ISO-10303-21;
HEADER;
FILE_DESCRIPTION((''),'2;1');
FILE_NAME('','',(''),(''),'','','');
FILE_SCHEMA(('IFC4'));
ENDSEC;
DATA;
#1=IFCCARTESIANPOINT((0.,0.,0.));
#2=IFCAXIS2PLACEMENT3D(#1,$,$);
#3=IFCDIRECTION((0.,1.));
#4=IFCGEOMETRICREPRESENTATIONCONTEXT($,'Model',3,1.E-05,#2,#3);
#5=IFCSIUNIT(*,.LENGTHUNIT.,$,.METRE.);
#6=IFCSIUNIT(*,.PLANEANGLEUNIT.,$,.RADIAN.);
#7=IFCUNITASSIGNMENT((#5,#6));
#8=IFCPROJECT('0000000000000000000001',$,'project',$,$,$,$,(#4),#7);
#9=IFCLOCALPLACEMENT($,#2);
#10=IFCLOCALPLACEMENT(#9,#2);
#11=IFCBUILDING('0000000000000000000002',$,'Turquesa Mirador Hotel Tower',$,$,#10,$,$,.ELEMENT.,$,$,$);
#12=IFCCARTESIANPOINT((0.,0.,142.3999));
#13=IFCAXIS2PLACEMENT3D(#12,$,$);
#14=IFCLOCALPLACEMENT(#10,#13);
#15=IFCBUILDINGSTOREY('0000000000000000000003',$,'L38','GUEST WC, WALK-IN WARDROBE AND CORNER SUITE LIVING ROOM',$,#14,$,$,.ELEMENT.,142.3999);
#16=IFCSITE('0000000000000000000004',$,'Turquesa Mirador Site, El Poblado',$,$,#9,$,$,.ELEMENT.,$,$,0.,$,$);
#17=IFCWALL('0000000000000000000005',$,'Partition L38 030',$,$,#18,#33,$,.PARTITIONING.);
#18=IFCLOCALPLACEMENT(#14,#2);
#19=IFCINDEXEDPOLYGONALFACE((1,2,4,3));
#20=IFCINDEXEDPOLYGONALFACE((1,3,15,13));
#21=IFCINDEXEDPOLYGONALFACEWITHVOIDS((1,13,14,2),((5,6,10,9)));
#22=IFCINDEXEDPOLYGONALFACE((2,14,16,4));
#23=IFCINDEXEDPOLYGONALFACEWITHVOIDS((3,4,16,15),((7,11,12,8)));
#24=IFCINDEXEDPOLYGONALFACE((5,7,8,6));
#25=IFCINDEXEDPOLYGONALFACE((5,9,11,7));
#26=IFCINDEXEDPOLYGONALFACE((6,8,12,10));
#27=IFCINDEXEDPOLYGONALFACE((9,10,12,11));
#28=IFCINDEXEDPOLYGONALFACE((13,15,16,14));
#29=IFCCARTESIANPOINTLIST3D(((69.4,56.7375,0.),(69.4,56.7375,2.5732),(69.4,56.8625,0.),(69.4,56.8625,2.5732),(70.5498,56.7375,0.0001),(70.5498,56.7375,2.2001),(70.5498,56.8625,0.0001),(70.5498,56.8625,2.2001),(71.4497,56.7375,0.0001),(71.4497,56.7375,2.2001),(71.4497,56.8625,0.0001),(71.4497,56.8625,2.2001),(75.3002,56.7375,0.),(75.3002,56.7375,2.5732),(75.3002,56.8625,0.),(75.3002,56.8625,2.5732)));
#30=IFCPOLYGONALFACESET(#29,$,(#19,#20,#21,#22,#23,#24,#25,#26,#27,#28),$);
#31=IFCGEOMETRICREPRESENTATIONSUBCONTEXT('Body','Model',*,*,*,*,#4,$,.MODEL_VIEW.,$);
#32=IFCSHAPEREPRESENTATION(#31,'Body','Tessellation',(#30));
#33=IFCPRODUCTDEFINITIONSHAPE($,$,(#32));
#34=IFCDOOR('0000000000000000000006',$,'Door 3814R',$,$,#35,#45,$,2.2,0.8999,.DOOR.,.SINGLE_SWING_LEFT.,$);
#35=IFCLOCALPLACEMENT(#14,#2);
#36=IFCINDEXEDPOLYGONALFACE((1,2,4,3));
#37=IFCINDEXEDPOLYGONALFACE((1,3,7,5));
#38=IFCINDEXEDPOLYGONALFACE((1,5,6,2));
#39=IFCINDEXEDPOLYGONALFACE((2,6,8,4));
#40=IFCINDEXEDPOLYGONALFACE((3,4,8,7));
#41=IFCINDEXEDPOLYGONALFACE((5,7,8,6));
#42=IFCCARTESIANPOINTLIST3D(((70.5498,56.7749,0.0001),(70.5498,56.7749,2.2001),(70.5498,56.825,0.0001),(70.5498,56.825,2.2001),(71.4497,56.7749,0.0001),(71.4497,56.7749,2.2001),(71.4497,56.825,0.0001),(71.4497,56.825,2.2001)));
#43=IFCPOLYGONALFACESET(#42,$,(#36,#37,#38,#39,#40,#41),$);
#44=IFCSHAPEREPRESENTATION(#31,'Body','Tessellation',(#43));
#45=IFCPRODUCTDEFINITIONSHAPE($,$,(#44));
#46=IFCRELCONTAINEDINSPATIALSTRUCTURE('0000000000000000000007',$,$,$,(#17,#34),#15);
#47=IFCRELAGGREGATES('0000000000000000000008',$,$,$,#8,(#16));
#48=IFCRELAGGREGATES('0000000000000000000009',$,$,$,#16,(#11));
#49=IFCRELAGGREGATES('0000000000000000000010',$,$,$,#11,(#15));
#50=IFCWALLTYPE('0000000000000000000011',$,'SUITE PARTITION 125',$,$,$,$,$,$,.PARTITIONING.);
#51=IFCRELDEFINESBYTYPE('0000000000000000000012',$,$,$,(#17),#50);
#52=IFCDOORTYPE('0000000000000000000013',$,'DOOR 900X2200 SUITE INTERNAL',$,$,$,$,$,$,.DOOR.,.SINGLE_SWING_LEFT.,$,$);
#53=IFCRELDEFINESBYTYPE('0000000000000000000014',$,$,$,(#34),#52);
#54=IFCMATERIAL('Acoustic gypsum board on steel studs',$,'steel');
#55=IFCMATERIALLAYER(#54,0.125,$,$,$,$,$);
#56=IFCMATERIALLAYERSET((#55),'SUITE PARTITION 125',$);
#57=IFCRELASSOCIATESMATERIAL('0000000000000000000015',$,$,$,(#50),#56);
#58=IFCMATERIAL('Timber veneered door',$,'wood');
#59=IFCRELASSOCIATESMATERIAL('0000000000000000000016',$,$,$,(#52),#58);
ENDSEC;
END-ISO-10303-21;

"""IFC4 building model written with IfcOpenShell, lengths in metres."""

from ifc_helpers import new_model, si_unit, direction, frame, frame_2d, origin, place, context, subcontext, project, spatial, rectangle, extrude, material, layer, layer_set, type_object, element, fill, save


model = new_model("IFC4")

# Units and contexts
model_context = context("Model", 3, precision=1e-05, world=origin(), true_north=direction((0.0, 1.0)))
body_context = subcontext(model_context, "Body", "Model", "MODEL_VIEW")
ifc_project = project(units=[si_unit("LENGTHUNIT", "METRE"), si_unit("PLANEANGLEUNIT", "RADIAN")], contexts=[model_context])

# Site, building, storey
site_placement = place(None, origin())
site = spatial("IfcSite", under=ifc_project, at=site_placement, Name="Turquesa Mirador Site, El Poblado", CompositionType="ELEMENT", RefElevation=0.0)
building_placement = place(site_placement, origin())
building = spatial("IfcBuilding", under=site, at=building_placement, Name="Turquesa Mirador Hotel Tower", CompositionType="ELEMENT")
storey_placement = place(building_placement, frame((0.0, 0.0, 142.3999)))
storey = spatial("IfcBuildingStorey", under=building, at=storey_placement, Name="L38", Description="GUEST WC, WALK-IN WARDROBE AND CORNER SUITE LIVING ROOM", CompositionType="ELEMENT", Elevation=142.3999)

# Wall, opening, door
ifc_material_1 = material(Name="Acoustic gypsum board on steel studs", Category="steel")
ifc_layer_1 = layer(ifc_material_1, 0.125)
ifc_layer_set_1 = layer_set([ifc_layer_1], Name="SUITE PARTITION 125")
wall_type_1 = type_object("IfcWallType", Name="SUITE PARTITION 125", PredefinedType="PARTITIONING", material=ifc_layer_set_1)
wall_1_placement = place(storey_placement, frame((69.3999, 56.8, 0.0), z_axis=(0.0, 0.0, 1.0), x_axis=(1.0, 0.0, 0.0)))
wall_1 = element("IfcWall", 1, at=wall_1_placement, inside=storey, type_object=wall_type_1, Name="Partition L38 030", PredefinedType="PARTITIONING", context=body_context, shape_type="SweptSolid", body=[
    extrude(rectangle(XDim=5.9001, YDim=0.125, at=frame_2d((2.9502, 0.0))), origin(), (0.0, 0.0, 1.0), 2.5732),
])
opening_1_placement = place(wall_1_placement, frame((1.1499, 0.0, 0.0)))
opening_1 = element("IfcOpeningElement", 2, at=opening_1_placement, cuts=wall_1, PredefinedType="OPENING", context=body_context, shape_type="SweptSolid", body=[
    extrude(rectangle(XDim=0.8999, YDim=2.2, at=frame_2d((0.45, 1.1001))), frame((0.0, 0.0725, 0.0), z_axis=(0.0, -1.0, 0.0), x_axis=(1.0, 0.0, 0.0)), (0.0, 0.0, 1.0), 0.145),
])
ifc_material_2 = material(Name="Timber veneered door", Category="wood")
door_type_1 = type_object("IfcDoorType", Name="DOOR 900X2200 SUITE INTERNAL", OperationType="SINGLE_SWING_LEFT", PredefinedType="DOOR", material=ifc_material_2)
door_1_placement = place(opening_1_placement, origin())
door_1 = element("IfcDoor", 3, at=door_1_placement, inside=storey, type_object=door_type_1, Name="Door 3814R", OperationType="SINGLE_SWING_LEFT", OverallHeight=2.2, OverallWidth=0.8999, PredefinedType="DOOR", context=body_context, shape_type="SweptSolid", body=[
    extrude(rectangle(XDim=0.8999, YDim=2.2, at=frame_2d((0.45, 1.1001))), frame((0.0, 0.0249, 0.0), z_axis=(0.0, -1.0, 0.0), x_axis=(1.0, 0.0, 0.0)), (0.0, 0.0, 1.0), 0.05),
])
fill(opening_1, door_1)

save(model, "model.ifc")
